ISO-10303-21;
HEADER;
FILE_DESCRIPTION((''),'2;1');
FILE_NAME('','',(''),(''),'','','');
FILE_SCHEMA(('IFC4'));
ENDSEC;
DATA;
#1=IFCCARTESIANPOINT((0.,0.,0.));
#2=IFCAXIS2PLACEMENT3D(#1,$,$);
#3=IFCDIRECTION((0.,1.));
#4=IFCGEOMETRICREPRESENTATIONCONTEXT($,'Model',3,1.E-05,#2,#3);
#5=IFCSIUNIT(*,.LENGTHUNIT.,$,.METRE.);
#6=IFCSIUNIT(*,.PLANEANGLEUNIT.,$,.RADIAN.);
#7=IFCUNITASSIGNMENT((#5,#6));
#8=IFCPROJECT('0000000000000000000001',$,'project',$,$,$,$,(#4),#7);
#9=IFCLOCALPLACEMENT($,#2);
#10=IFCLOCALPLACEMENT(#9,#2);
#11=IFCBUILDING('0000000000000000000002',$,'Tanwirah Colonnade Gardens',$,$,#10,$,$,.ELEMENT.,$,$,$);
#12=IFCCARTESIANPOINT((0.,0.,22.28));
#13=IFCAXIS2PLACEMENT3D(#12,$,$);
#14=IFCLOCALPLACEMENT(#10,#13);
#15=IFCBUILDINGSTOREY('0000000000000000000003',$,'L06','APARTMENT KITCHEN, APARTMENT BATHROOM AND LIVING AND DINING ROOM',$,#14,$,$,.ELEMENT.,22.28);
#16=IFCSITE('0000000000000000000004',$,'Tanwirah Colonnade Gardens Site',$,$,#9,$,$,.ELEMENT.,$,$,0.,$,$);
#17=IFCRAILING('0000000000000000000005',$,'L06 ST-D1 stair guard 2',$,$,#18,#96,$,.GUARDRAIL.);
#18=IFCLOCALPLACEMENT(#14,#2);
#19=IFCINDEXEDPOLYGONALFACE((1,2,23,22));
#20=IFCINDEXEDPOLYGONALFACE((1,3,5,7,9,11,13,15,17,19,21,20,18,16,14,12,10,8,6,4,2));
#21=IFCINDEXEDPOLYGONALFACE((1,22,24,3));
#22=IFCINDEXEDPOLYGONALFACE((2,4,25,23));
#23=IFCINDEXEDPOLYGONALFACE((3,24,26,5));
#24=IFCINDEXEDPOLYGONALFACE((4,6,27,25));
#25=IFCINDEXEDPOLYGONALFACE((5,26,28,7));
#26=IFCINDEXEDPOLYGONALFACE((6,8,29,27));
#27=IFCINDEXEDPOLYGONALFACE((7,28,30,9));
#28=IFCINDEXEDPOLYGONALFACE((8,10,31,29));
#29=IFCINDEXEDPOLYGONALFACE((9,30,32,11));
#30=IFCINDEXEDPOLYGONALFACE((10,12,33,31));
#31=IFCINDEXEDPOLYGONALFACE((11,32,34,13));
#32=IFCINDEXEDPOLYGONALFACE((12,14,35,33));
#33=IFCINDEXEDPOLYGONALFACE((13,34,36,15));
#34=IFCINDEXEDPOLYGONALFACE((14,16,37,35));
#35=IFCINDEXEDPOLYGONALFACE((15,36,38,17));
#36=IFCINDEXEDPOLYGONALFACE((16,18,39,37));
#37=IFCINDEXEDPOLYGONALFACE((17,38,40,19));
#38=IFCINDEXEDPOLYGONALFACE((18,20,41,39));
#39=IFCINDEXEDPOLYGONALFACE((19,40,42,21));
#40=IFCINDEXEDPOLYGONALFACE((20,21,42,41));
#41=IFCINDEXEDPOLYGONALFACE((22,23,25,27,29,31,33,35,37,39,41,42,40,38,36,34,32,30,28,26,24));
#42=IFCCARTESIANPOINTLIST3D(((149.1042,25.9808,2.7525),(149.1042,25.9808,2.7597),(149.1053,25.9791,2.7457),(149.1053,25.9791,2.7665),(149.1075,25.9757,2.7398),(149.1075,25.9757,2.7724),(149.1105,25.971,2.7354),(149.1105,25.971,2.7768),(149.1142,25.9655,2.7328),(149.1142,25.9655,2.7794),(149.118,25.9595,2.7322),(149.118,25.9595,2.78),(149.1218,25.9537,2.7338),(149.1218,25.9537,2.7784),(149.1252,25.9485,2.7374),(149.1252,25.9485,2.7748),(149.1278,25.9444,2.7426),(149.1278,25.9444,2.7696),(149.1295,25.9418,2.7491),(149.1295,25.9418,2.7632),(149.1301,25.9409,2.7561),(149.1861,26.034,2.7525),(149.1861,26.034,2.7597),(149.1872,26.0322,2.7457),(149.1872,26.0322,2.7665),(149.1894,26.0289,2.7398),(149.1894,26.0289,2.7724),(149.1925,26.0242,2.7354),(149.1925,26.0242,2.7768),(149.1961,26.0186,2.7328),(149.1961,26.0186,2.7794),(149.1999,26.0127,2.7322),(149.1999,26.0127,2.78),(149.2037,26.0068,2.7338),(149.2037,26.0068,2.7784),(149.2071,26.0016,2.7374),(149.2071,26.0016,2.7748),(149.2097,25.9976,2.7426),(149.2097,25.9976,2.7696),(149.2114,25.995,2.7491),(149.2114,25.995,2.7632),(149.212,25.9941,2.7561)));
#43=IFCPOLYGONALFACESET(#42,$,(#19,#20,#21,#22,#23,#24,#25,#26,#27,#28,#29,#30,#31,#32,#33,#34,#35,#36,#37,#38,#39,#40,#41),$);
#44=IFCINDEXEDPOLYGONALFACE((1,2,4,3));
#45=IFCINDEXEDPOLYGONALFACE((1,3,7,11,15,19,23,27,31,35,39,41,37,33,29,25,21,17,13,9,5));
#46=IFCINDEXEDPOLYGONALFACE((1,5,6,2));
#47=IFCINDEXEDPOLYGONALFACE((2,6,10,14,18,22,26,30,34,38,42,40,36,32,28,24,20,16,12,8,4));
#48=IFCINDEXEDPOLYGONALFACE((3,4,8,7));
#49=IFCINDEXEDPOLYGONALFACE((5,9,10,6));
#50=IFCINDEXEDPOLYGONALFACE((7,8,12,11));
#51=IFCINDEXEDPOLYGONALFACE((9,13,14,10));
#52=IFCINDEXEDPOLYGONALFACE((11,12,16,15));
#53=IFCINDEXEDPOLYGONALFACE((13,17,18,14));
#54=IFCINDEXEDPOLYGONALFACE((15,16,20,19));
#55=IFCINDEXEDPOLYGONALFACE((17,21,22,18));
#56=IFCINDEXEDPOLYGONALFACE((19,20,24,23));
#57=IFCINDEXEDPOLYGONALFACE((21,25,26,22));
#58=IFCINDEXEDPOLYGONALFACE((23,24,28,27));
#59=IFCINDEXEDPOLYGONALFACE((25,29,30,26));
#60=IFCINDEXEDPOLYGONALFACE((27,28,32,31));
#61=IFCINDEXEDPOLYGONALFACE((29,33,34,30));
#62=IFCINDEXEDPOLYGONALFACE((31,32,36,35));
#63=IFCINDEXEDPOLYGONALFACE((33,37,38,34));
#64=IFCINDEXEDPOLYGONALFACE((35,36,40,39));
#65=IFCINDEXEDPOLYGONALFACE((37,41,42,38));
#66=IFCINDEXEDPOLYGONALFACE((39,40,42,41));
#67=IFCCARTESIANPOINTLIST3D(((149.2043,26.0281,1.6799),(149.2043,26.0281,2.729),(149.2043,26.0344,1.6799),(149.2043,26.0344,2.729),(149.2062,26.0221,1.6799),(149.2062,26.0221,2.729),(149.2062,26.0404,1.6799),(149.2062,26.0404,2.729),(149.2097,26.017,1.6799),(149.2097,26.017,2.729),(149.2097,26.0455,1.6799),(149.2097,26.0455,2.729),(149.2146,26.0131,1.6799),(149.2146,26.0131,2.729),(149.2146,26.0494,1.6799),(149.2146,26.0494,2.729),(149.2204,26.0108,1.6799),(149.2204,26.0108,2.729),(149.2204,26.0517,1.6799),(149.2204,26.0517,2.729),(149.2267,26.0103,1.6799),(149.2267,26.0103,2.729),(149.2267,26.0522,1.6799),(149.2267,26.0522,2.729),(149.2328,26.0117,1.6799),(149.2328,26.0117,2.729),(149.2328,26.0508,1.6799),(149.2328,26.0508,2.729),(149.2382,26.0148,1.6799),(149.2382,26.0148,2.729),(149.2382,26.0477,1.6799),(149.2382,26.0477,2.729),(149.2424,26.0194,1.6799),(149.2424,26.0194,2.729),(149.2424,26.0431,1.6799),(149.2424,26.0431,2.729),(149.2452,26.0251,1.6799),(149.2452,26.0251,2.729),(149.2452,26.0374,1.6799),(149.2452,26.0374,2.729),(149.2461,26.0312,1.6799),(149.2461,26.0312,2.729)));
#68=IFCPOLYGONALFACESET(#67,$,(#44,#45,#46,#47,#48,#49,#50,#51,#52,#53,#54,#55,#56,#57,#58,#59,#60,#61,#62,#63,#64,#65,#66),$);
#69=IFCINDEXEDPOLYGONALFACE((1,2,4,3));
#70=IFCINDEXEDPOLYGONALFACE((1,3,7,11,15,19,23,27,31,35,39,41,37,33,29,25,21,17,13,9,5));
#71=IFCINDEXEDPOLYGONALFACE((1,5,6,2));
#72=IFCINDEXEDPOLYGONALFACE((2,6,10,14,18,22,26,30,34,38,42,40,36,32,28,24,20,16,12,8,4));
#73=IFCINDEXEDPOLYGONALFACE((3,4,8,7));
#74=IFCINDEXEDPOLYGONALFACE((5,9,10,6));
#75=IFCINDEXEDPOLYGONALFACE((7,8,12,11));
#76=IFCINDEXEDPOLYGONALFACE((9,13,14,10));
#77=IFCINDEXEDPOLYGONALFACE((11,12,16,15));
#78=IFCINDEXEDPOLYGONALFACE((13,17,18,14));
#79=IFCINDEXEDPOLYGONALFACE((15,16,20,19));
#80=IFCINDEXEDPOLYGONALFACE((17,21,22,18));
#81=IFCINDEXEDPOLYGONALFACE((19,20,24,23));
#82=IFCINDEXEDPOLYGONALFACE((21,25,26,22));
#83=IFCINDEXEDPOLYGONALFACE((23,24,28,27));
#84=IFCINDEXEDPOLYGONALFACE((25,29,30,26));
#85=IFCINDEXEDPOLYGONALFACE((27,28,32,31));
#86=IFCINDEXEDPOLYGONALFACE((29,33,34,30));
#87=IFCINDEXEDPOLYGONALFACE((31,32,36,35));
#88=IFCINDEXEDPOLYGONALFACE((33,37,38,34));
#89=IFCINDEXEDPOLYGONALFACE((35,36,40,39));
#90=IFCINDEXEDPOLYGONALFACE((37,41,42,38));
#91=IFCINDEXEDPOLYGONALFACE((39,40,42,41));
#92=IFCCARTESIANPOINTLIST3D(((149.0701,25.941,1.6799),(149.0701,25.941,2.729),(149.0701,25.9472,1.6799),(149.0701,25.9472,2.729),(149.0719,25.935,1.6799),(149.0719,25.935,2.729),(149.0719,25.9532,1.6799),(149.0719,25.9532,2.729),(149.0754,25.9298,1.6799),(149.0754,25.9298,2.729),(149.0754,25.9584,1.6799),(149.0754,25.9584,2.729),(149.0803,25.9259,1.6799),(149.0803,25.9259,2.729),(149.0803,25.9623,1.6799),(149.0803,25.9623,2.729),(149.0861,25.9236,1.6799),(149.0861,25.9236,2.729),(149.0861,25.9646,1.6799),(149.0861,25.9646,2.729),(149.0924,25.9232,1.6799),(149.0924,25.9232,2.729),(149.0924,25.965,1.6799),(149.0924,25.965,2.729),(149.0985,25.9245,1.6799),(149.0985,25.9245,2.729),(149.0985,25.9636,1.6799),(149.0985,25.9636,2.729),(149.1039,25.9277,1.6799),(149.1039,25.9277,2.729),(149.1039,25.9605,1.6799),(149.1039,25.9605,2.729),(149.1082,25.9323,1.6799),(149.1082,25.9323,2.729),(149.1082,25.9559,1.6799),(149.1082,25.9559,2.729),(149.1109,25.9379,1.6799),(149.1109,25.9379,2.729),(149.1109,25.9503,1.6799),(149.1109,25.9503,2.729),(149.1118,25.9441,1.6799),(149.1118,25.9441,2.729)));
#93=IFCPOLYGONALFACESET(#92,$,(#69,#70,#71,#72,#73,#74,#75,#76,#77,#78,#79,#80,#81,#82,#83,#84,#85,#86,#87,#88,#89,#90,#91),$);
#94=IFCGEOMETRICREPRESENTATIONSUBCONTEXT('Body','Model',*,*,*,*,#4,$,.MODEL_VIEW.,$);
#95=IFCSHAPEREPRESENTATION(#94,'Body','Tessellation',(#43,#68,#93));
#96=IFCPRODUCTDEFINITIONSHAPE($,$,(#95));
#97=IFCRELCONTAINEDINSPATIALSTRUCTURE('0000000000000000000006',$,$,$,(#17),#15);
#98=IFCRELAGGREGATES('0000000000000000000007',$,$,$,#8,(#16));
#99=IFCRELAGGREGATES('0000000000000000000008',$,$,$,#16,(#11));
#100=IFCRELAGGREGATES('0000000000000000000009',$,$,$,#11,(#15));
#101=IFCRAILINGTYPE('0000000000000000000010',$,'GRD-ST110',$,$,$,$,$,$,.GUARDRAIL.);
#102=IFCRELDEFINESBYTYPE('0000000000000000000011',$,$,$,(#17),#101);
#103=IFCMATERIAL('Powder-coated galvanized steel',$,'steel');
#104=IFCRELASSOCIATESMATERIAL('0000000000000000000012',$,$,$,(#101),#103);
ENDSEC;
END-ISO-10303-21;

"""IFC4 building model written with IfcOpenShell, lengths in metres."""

from ifc_helpers import new_model, si_unit, direction, frame, origin, origin_2d, place, context, subcontext, project, spatial, circle, extrude, material, type_object, element, save


model = new_model("IFC4")

# Units and contexts
model_context = context("Model", 3, precision=1e-05, world=origin(), true_north=direction((0.0, 1.0)))
body_context = subcontext(model_context, "Body", "Model", "MODEL_VIEW")
ifc_project = project(units=[si_unit("LENGTHUNIT", "METRE"), si_unit("PLANEANGLEUNIT", "RADIAN")], contexts=[model_context])

# Site, building, storey
site_placement = place(None, origin())
site = spatial("IfcSite", under=ifc_project, at=site_placement, Name="Tanwirah Colonnade Gardens Site", CompositionType="ELEMENT", RefElevation=0.0)
building_placement = place(site_placement, origin())
building = spatial("IfcBuilding", under=site, at=building_placement, Name="Tanwirah Colonnade Gardens", CompositionType="ELEMENT")
storey_placement = place(building_placement, frame((0.0, 0.0, 22.28)))
storey = spatial("IfcBuildingStorey", under=building, at=storey_placement, Name="L06", Description="APARTMENT KITCHEN, APARTMENT BATHROOM AND LIVING AND DINING ROOM", CompositionType="ELEMENT", Elevation=22.28)

# Railing
ifc_material_1 = material(Name="Powder-coated galvanized steel", Category="steel")
railing_type_1 = type_object("IfcRailingType", Name="GRD-ST110", PredefinedType="GUARDRAIL", material=ifc_material_1)
railing_1_placement = place(storey_placement, frame((149.2251, 26.0312, 1.6799)))
element("IfcRailing", 1, at=railing_1_placement, inside=storey, type_object=railing_type_1, Name="L06 ST-D1 stair guard 2", PredefinedType="GUARDRAIL", context=body_context, shape_type="SweptSolid", body=[
    extrude(circle(Radius=0.0239, at=origin_2d()), frame((-0.0261, -0.0171, 1.0762), z_axis=(-0.838792, -0.544452, 0.0), x_axis=(0.544452, -0.838792, 0.0)), (0.0, 0.0, 1.0), 0.0977),
    extrude(circle(Radius=0.021, at=origin_2d()), origin(), (0.0, 0.0, 1.0), 1.0491),
    extrude(circle(Radius=0.021, at=origin_2d()), frame((-0.1343, -0.0872, 0.0)), (0.0, 0.0, 1.0), 1.0491),
])

save(model, "model.ifc")
